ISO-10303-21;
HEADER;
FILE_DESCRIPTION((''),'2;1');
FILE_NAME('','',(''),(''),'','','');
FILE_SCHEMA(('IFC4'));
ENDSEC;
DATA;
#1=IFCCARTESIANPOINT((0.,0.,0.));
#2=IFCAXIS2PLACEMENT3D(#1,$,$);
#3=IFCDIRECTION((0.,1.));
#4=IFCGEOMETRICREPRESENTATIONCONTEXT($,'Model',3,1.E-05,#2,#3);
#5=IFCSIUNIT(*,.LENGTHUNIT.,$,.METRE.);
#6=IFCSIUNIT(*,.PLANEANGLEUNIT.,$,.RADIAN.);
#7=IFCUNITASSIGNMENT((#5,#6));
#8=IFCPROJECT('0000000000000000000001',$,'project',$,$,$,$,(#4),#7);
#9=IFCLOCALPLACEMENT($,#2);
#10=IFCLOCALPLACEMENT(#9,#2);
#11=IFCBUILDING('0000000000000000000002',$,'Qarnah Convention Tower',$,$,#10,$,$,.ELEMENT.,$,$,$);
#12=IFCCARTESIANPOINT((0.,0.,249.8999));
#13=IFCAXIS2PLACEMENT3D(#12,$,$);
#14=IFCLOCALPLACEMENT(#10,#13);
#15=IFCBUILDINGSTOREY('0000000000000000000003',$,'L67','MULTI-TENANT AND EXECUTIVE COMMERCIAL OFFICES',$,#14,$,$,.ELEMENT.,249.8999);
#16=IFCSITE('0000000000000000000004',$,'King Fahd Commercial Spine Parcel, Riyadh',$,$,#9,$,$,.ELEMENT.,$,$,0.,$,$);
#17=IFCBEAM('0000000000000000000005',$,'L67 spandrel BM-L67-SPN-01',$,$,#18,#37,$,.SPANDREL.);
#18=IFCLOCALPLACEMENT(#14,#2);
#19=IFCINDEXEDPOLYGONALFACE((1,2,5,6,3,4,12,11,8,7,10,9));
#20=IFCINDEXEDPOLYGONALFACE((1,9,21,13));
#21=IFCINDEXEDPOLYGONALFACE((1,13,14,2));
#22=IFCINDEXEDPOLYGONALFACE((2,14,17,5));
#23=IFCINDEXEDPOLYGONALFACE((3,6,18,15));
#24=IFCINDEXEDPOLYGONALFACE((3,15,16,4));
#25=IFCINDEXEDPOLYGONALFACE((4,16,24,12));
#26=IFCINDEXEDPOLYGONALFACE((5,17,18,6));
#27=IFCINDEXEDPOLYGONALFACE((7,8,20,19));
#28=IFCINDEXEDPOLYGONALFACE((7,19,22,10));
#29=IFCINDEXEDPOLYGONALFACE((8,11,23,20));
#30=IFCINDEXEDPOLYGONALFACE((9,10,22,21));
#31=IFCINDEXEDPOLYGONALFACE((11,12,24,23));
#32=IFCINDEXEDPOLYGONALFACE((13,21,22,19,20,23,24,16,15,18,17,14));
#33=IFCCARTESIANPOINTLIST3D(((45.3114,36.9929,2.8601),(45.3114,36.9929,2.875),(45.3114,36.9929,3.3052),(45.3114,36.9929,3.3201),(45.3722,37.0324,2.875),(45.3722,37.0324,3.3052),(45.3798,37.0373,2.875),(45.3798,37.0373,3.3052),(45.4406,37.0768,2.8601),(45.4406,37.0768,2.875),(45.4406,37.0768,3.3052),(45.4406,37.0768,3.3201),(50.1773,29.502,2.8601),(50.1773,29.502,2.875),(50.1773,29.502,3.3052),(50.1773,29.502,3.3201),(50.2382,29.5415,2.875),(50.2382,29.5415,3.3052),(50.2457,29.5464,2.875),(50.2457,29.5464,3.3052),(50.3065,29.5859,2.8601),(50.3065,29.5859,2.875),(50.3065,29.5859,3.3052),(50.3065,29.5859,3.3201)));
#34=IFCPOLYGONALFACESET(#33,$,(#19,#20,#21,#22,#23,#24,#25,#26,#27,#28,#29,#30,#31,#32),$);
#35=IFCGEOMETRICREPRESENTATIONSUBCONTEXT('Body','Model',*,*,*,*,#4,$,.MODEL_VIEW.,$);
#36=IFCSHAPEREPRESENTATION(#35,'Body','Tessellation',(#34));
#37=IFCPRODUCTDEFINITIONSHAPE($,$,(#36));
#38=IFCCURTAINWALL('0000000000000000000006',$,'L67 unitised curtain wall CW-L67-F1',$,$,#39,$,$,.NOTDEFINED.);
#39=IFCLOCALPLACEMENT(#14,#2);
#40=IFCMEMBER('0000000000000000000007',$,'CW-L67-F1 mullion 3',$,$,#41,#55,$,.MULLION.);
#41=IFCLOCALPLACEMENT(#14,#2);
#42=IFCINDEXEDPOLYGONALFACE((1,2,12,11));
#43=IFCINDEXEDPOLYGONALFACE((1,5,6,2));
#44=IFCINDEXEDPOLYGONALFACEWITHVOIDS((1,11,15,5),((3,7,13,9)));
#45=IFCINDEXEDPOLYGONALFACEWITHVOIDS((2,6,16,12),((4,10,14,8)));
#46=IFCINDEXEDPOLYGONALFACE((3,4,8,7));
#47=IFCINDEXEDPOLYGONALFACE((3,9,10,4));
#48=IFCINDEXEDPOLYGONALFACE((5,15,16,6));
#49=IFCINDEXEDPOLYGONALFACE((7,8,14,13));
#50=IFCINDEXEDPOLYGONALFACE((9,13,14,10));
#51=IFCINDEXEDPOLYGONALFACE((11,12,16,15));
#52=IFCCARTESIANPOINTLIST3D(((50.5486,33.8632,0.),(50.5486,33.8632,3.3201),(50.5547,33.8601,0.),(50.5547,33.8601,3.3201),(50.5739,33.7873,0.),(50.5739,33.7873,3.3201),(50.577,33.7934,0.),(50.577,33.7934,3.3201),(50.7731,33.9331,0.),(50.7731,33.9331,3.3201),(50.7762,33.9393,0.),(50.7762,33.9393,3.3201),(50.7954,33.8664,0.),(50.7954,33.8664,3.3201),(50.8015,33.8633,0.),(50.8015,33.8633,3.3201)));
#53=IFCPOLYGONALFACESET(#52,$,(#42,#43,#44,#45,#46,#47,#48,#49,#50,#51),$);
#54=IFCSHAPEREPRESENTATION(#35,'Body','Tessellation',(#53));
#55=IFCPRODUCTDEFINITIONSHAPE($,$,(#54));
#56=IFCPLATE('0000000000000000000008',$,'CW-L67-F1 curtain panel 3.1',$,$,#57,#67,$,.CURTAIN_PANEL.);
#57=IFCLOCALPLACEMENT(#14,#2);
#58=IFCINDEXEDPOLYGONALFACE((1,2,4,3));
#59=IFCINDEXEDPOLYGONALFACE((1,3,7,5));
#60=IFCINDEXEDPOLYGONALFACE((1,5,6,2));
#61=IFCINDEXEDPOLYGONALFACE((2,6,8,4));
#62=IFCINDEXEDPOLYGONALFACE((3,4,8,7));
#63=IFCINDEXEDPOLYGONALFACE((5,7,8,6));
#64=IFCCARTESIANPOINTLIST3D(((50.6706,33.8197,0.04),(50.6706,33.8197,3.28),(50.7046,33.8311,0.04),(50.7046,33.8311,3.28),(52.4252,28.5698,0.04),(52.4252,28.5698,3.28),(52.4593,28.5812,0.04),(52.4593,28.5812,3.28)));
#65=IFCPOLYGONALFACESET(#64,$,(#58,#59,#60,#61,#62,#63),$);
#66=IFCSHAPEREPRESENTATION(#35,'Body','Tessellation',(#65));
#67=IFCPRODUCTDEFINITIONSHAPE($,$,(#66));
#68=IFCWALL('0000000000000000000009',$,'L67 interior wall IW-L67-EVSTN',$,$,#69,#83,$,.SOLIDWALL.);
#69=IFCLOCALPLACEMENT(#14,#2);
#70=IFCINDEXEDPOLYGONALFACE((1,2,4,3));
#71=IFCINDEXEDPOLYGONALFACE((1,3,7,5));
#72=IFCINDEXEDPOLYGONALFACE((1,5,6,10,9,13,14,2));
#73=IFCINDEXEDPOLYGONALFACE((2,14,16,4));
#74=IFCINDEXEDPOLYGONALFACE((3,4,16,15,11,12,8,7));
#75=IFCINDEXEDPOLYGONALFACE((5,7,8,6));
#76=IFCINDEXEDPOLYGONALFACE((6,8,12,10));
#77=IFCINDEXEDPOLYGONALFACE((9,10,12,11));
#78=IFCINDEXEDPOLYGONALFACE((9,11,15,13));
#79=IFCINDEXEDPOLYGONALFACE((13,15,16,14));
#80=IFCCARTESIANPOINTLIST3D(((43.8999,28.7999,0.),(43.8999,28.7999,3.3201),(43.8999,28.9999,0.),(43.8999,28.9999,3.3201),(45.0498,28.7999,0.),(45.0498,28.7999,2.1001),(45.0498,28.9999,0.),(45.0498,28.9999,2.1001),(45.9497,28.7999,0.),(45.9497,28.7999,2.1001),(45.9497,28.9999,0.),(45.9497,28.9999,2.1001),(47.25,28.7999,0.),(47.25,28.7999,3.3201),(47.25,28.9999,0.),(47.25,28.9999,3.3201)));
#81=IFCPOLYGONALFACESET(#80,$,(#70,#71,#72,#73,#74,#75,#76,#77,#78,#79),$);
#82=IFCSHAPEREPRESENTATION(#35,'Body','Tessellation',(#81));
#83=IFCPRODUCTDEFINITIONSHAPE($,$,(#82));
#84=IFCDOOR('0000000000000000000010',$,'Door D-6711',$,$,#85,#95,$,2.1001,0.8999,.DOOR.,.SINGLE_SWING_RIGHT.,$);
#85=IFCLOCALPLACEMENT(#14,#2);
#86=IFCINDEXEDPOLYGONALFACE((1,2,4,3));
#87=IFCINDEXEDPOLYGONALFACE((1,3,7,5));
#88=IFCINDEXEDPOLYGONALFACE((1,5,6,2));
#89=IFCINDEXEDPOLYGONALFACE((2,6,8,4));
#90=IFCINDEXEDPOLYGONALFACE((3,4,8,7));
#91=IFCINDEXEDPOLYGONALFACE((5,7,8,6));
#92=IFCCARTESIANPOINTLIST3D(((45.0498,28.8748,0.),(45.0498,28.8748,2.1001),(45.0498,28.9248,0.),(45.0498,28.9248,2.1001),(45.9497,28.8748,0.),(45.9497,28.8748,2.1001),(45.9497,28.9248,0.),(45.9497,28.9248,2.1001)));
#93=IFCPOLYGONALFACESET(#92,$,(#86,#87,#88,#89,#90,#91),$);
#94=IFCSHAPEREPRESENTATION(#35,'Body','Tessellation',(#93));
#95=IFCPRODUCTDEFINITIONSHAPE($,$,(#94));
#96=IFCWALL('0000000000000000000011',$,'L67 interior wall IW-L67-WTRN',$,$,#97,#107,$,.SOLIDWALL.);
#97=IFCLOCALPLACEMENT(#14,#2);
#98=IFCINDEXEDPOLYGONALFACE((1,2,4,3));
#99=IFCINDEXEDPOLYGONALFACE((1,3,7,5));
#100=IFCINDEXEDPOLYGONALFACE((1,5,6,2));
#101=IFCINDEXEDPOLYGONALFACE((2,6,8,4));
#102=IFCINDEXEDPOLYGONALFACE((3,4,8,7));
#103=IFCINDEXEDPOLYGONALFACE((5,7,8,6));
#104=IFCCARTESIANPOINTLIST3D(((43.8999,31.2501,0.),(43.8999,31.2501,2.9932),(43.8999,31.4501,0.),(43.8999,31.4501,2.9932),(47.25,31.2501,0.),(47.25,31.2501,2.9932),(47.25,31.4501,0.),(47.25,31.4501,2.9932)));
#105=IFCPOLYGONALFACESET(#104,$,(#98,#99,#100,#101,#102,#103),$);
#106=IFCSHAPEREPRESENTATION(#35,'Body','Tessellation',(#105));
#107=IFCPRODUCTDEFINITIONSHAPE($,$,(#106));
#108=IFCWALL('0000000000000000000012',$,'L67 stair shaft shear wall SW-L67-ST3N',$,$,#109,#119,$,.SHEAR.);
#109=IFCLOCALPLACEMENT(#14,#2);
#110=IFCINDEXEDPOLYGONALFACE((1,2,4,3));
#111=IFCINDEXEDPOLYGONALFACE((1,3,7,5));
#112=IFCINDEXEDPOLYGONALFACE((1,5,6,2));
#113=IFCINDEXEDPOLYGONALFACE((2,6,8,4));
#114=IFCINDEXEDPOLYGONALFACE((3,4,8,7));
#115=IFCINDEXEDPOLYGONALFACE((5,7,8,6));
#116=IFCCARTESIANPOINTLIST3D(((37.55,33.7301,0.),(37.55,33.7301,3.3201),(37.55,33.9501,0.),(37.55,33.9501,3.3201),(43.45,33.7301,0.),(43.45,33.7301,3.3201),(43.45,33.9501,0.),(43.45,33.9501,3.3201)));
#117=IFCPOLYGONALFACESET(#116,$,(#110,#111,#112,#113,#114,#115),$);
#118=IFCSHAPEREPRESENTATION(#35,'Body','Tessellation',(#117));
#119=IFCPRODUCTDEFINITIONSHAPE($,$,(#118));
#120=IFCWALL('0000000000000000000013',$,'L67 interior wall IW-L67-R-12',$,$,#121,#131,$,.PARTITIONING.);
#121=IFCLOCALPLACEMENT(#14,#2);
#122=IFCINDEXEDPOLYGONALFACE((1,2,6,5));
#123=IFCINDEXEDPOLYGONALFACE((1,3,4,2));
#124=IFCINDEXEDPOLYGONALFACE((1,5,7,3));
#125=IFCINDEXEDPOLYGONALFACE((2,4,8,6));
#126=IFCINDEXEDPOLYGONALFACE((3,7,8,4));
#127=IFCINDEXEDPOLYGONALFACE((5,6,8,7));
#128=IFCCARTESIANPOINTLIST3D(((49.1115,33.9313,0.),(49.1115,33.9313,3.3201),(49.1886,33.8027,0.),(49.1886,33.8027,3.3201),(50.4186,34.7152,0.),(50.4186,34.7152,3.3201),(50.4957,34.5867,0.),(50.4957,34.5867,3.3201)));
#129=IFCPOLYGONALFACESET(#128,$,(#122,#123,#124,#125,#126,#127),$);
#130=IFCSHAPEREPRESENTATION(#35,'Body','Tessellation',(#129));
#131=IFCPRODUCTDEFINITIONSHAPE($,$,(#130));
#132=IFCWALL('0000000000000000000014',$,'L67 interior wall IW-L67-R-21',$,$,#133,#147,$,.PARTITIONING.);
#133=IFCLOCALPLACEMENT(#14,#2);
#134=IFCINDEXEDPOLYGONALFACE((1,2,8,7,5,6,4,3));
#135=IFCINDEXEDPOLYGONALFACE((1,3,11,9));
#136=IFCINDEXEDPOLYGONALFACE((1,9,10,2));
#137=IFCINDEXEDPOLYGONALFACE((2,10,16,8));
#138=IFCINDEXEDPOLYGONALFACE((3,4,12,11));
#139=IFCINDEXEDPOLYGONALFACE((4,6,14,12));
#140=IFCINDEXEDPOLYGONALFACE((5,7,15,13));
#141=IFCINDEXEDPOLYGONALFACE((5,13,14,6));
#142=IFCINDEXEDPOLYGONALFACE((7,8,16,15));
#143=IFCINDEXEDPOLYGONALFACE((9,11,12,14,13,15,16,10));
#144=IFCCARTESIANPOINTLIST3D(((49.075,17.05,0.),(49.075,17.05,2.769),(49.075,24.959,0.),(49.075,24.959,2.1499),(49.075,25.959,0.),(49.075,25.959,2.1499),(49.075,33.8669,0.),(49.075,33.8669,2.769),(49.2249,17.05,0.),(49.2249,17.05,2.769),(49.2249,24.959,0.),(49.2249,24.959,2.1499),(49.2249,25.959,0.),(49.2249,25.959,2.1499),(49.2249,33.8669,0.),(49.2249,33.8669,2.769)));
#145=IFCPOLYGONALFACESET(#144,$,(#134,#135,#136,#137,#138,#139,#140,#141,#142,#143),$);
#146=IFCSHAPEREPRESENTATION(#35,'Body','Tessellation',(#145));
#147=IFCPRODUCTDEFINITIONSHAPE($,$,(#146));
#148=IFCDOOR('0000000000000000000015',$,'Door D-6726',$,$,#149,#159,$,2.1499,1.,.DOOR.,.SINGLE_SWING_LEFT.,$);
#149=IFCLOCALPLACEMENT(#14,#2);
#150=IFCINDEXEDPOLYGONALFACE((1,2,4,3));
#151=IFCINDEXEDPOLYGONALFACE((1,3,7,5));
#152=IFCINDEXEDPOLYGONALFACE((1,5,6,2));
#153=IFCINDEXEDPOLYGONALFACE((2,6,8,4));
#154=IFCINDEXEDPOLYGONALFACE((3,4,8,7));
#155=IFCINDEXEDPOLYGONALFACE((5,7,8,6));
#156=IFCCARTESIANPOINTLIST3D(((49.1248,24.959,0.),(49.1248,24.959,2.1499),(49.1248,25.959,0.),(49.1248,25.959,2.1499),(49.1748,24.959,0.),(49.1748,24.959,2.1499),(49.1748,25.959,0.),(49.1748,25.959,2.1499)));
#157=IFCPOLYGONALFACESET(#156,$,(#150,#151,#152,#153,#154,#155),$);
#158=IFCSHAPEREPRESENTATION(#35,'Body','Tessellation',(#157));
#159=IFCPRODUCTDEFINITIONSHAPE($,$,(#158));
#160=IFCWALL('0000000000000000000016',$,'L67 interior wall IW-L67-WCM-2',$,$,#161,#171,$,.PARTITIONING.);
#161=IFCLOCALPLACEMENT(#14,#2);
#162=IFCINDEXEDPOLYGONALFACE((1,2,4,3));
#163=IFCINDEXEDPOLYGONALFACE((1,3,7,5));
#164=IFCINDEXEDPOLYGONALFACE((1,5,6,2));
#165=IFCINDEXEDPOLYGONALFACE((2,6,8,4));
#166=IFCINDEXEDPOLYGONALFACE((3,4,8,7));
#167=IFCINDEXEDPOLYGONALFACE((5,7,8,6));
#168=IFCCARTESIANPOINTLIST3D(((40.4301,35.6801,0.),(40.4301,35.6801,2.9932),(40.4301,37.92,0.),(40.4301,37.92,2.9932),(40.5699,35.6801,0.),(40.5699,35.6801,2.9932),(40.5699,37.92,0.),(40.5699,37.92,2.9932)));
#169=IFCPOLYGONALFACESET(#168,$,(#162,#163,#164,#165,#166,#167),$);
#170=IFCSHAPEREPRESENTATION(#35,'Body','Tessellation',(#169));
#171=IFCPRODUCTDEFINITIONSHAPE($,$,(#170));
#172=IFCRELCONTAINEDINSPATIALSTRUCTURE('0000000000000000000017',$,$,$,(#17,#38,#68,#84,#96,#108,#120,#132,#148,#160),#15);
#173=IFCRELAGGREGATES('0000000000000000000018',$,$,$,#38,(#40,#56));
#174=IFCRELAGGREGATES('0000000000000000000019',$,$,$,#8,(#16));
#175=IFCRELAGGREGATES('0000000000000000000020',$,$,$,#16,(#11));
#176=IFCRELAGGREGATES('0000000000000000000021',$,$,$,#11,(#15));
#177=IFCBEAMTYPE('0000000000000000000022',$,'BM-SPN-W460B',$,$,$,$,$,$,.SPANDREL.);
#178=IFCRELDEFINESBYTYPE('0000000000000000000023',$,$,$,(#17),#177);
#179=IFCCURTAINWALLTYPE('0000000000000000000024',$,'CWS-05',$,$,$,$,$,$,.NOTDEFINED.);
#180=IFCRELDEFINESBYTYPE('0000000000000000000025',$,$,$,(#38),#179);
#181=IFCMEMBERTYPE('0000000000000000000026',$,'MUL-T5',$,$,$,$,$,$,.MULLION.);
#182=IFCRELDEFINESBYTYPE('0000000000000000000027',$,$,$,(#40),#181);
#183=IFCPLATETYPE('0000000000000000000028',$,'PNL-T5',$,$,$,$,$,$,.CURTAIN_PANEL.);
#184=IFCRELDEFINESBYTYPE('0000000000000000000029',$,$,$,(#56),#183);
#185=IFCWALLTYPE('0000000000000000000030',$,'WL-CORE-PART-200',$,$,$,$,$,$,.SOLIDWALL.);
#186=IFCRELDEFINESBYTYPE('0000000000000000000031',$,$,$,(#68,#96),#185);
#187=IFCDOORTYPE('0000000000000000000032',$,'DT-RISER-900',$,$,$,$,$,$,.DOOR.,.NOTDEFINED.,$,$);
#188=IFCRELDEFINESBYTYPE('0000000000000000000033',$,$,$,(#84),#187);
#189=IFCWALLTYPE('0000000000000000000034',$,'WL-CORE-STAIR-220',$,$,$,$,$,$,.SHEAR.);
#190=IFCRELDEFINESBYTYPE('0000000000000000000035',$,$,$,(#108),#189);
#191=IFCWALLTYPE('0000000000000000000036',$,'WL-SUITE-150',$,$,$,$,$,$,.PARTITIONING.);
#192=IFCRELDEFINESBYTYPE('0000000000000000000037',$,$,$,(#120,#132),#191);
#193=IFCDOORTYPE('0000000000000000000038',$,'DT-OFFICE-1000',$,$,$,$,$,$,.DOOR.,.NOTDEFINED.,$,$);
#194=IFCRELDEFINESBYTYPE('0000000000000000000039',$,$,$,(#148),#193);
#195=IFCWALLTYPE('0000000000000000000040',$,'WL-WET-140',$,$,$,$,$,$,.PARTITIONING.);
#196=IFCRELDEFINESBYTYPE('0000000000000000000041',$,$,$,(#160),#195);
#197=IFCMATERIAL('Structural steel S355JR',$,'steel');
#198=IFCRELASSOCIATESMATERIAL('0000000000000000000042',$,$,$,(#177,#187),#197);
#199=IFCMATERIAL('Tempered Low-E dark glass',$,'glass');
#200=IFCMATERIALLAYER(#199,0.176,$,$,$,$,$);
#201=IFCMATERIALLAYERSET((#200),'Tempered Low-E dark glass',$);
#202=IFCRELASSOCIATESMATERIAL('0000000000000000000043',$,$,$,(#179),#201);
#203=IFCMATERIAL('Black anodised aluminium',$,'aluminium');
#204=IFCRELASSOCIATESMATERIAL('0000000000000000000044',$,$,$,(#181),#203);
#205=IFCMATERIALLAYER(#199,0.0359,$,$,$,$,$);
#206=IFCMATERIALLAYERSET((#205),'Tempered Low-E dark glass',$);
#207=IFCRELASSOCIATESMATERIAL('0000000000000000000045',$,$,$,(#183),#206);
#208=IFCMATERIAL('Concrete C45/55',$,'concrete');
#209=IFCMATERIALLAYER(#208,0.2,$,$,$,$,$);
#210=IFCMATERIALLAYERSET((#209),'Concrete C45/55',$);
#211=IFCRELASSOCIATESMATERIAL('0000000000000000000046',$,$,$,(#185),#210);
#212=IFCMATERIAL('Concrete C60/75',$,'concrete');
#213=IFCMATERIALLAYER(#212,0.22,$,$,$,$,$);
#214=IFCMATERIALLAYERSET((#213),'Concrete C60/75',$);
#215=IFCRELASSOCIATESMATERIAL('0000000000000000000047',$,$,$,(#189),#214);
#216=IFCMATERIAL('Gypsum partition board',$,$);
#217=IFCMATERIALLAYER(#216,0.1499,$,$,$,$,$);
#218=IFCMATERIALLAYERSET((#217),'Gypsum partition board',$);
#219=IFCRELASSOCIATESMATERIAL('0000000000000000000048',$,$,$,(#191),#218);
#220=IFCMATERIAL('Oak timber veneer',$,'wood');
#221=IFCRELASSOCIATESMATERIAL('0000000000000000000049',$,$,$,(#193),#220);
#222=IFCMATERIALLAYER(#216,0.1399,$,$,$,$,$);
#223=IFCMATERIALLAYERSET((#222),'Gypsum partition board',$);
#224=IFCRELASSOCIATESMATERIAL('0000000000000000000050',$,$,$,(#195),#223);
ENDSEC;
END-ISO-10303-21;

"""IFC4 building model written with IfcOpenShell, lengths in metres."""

from ifc_helpers import new_model, si_unit, direction, frame, frame_2d, origin, origin_2d, place, context, subcontext, project, spatial, rectangle, hollow_rectangle, i_section, extrude, material, layer, layer_set, material_profile, profile_set, type_object, element, fill, aggregate, save


model = new_model("IFC4")

# Units and contexts
model_context = context("Model", 3, precision=1e-05, world=origin(), true_north=direction((0.0, 1.0)))
body_context = subcontext(model_context, "Body", "Model", "MODEL_VIEW")
ifc_project = project(units=[si_unit("LENGTHUNIT", "METRE"), si_unit("PLANEANGLEUNIT", "RADIAN")], contexts=[model_context])

# Site, building, storey
site_placement = place(None, origin())
site = spatial("IfcSite", under=ifc_project, at=site_placement, Name="King Fahd Commercial Spine Parcel, Riyadh", CompositionType="ELEMENT", RefElevation=0.0)
building_placement = place(site_placement, origin())
building = spatial("IfcBuilding", under=site, at=building_placement, Name="Qarnah Convention Tower", CompositionType="ELEMENT")
storey_placement = place(building_placement, frame((0.0, 0.0, 249.8999)))
storey = spatial("IfcBuildingStorey", under=building, at=storey_placement, Name="L67", Description="MULTI-TENANT AND EXECUTIVE COMMERCIAL OFFICES", CompositionType="ELEMENT", Elevation=249.8999)

# Beam
ifc_material_1 = material(Name="Structural steel S355JR", Category="steel")
ifc_material_profile_1 = material_profile(ifc_material_1, i_section(OverallWidth=0.1541, OverallDepth=0.46, WebThickness=0.009, FlangeThickness=0.0149, at=origin_2d()), Name="W460X68")
ifc_profile_set_1 = profile_set([ifc_material_profile_1], Name="Structural steel S355JR")
beam_type_1 = type_object("IfcBeamType", Name="BM-SPN-W460B", PredefinedType="SPANDREL", material=ifc_profile_set_1)
beam_1_placement = place(storey_placement, frame((50.2419, 29.5439, 3.0901), z_axis=(-0.54474, 0.838605, 0.0), x_axis=(-0.838605, -0.54474, 0.0)))
element("IfcBeam", 1, at=beam_1_placement, inside=storey, type_object=beam_type_1, Name="L67 spandrel BM-L67-SPN-01", PredefinedType="SPANDREL", context=body_context, shape_type="SweptSolid", body=[
    extrude(i_section(OverallWidth=0.1541, OverallDepth=0.46, WebThickness=0.009, FlangeThickness=0.0149, at=origin_2d()), origin(), (0.0, 0.0, 1.0), 8.9326),
])

# Curtain wall, member, plate
ifc_material_2 = material(Name="Tempered Low-E dark glass", Category="glass")
ifc_layer_1 = layer(ifc_material_2, 0.176)
ifc_layer_set_1 = layer_set([ifc_layer_1], Name="Tempered Low-E dark glass")
curtain_wall_type = type_object("IfcCurtainWallType", Name="CWS-05", PredefinedType="NOTDEFINED", material=ifc_layer_set_1)
curtain_wall_placement = place(storey_placement, origin())
curtain_wall = element("IfcCurtainWall", 2, at=curtain_wall_placement, inside=storey, type_object=curtain_wall_type, Name="L67 unitised curtain wall CW-L67-F1", PredefinedType="NOTDEFINED")
ifc_material_3 = material(Name="Black anodised aluminium", Category="aluminium")
ifc_material_profile_2 = material_profile(ifc_material_3, hollow_rectangle(XDim=0.0801, YDim=0.24, WallThickness=0.0049, at=origin_2d()), Name="MUL-80X240")
ifc_profile_set_2 = profile_set([ifc_material_profile_2], Name="Black anodised aluminium")
member_type = type_object("IfcMemberType", Name="MUL-T5", PredefinedType="MULLION", material=ifc_profile_set_2)
member_placement = place(storey_placement, frame((50.675, 33.8633, 0.0), z_axis=(0.0, 0.0, 1.0), x_axis=(0.316986, -0.94843, 0.0)))
member = element("IfcMember", 3, at=member_placement, type_object=member_type, Name="CW-L67-F1 mullion 3", PredefinedType="MULLION", context=body_context, shape_type="SweptSolid", body=[
    extrude(hollow_rectangle(XDim=0.0801, YDim=0.24, WallThickness=0.0049, at=origin_2d()), origin(), (0.0, 0.0, 1.0), 3.3201),
])
ifc_layer_2 = layer(ifc_material_2, 0.0359)
ifc_layer_set_2 = layer_set([ifc_layer_2], Name="Tempered Low-E dark glass")
plate_type = type_object("IfcPlateType", Name="PNL-T5", PredefinedType="CURTAIN_PANEL", material=ifc_layer_set_2)
plate_placement = place(storey_placement, frame((51.5649, 31.2004, 0.04), z_axis=(0.0, 0.0, 1.0), x_axis=(0.316986, -0.94843, 0.0)))
plate = element("IfcPlate", 4, at=plate_placement, type_object=plate_type, Name="CW-L67-F1 curtain panel 3.1", PredefinedType="CURTAIN_PANEL", context=body_context, shape_type="SweptSolid", body=[
    extrude(rectangle(XDim=5.5354, YDim=0.0359, at=origin_2d()), origin(), (0.0, 0.0, 1.0), 3.24),
])
aggregate(curtain_wall, [member, plate])

# Wall, opening, door
ifc_material_4 = material(Name="Concrete C45/55", Category="concrete")
ifc_layer_3 = layer(ifc_material_4, 0.2)
ifc_layer_set_3 = layer_set([ifc_layer_3], Name="Concrete C45/55")
wall_type_1 = type_object("IfcWallType", Name="WL-CORE-PART-200", PredefinedType="SOLIDWALL", material=ifc_layer_set_3)
wall_1_placement = place(storey_placement, frame((43.8999, 28.8999, 0.0), z_axis=(0.0, 0.0, 1.0), x_axis=(1.0, 0.0, 0.0)))
wall_1 = element("IfcWall", 5, at=wall_1_placement, inside=storey, type_object=wall_type_1, Name="L67 interior wall IW-L67-EVSTN", PredefinedType="SOLIDWALL", context=body_context, shape_type="SweptSolid", body=[
    extrude(rectangle(XDim=3.3501, YDim=0.2, at=frame_2d((1.675, 0.0))), origin(), (0.0, 0.0, 1.0), 3.3201),
])
opening_1_placement = place(wall_1_placement, frame((1.1499, 0.0, 0.0)))
opening_1 = element("IfcOpeningElement", 6, at=opening_1_placement, cuts=wall_1, PredefinedType="OPENING", context=body_context, shape_type="SweptSolid", body=[
    extrude(rectangle(XDim=0.8999, YDim=2.1001, at=frame_2d((0.45, 1.05))), frame((0.0, 0.1099, 0.0), z_axis=(0.0, -1.0, 0.0), x_axis=(1.0, 0.0, 0.0)), (0.0, 0.0, 1.0), 0.22),
])
door_type_1 = type_object("IfcDoorType", Name="DT-RISER-900", OperationType="NOTDEFINED", PredefinedType="DOOR", material=ifc_material_1)
door_1_placement = place(opening_1_placement, origin())
door_1 = element("IfcDoor", 7, at=door_1_placement, inside=storey, type_object=door_type_1, Name="Door D-6711", OperationType="SINGLE_SWING_RIGHT", OverallHeight=2.1001, OverallWidth=0.8999, PredefinedType="DOOR", context=body_context, shape_type="SweptSolid", body=[
    extrude(rectangle(XDim=0.8999, YDim=2.1001, at=frame_2d((0.45, 1.05))), frame((0.0, 0.0249, 0.0), z_axis=(0.0, -1.0, 0.0), x_axis=(1.0, 0.0, 0.0)), (0.0, 0.0, 1.0), 0.05),
])
fill(opening_1, door_1)

# Walls
wall_2_placement = place(storey_placement, frame((43.8999, 31.3501, 0.0), z_axis=(0.0, 0.0, 1.0), x_axis=(1.0, 0.0, 0.0)))
element("IfcWall", 8, at=wall_2_placement, inside=storey, type_object=wall_type_1, Name="L67 interior wall IW-L67-WTRN", PredefinedType="SOLIDWALL", context=body_context, shape_type="SweptSolid", body=[
    extrude(rectangle(XDim=3.3501, YDim=0.2, at=frame_2d((1.675, 0.0))), origin(), (0.0, 0.0, 1.0), 2.9932),
])
ifc_material_5 = material(Name="Concrete C60/75", Category="concrete")
ifc_layer_4 = layer(ifc_material_5, 0.22)
ifc_layer_set_4 = layer_set([ifc_layer_4], Name="Concrete C60/75")
wall_type_2 = type_object("IfcWallType", Name="WL-CORE-STAIR-220", PredefinedType="SHEAR", material=ifc_layer_set_4)
wall_3_placement = place(storey_placement, frame((37.55, 33.8401, 0.0), z_axis=(0.0, 0.0, 1.0), x_axis=(1.0, 0.0, 0.0)))
element("IfcWall", 9, at=wall_3_placement, inside=storey, type_object=wall_type_2, Name="L67 stair shaft shear wall SW-L67-ST3N", PredefinedType="SHEAR", context=body_context, shape_type="SweptSolid", body=[
    extrude(rectangle(XDim=5.8999, YDim=0.22, at=frame_2d((2.95, 0.0))), origin(), (0.0, 0.0, 1.0), 3.3201),
])
ifc_material_6 = material(Name="Gypsum partition board")
ifc_layer_5 = layer(ifc_material_6, 0.1499)
ifc_layer_set_5 = layer_set([ifc_layer_5], Name="Gypsum partition board")
wall_type_3 = type_object("IfcWallType", Name="WL-SUITE-150", PredefinedType="PARTITIONING", material=ifc_layer_set_5)
wall_4_placement = place(storey_placement, frame((49.1499, 33.8669, 0.0), z_axis=(0.0, 0.0, 1.0), x_axis=(0.857592, 0.514331, 0.0)))
element("IfcWall", 10, at=wall_4_placement, inside=storey, type_object=wall_type_3, Name="L67 interior wall IW-L67-R-12", PredefinedType="PARTITIONING", context=body_context, shape_type="SweptSolid", body=[
    extrude(rectangle(XDim=1.5242, YDim=0.1499, at=frame_2d((0.7622, 0.0))), origin(), (0.0, 0.0, 1.0), 3.3201),
])

# Wall, opening, door
wall_5_placement = place(storey_placement, frame((49.1499, 33.8669, 0.0), z_axis=(0.0, 0.0, 1.0), x_axis=(0.0, -1.0, 0.0)))
wall_5 = element("IfcWall", 11, at=wall_5_placement, inside=storey, type_object=wall_type_3, Name="L67 interior wall IW-L67-R-21", PredefinedType="PARTITIONING", context=body_context, shape_type="SweptSolid", body=[
    extrude(rectangle(XDim=16.8169, YDim=0.1499, at=frame_2d((8.4084, 0.0))), origin(), (0.0, 0.0, 1.0), 2.769),
])
opening_2_placement = place(wall_5_placement, frame((7.908, 0.0, 0.0)))
opening_2 = element("IfcOpeningElement", 12, at=opening_2_placement, cuts=wall_5, PredefinedType="OPENING", context=body_context, shape_type="SweptSolid", body=[
    extrude(rectangle(XDim=1.0, YDim=2.1499, at=frame_2d((0.5, 1.075))), frame((0.0, 0.085, 0.0), z_axis=(0.0, -1.0, 0.0), x_axis=(1.0, 0.0, 0.0)), (0.0, 0.0, 1.0), 0.1699),
])
ifc_material_7 = material(Name="Oak timber veneer", Category="wood")
door_type_2 = type_object("IfcDoorType", Name="DT-OFFICE-1000", OperationType="NOTDEFINED", PredefinedType="DOOR", material=ifc_material_7)
door_2_placement = place(opening_2_placement, origin())
door_2 = element("IfcDoor", 13, at=door_2_placement, inside=storey, type_object=door_type_2, Name="Door D-6726", OperationType="SINGLE_SWING_LEFT", OverallHeight=2.1499, OverallWidth=1.0, PredefinedType="DOOR", context=body_context, shape_type="SweptSolid", body=[
    extrude(rectangle(XDim=1.0, YDim=2.1499, at=frame_2d((0.5, 1.075))), frame((0.0, 0.0249, 0.0), z_axis=(0.0, -1.0, 0.0), x_axis=(1.0, 0.0, 0.0)), (0.0, 0.0, 1.0), 0.05),
])
fill(opening_2, door_2)

# Wall
ifc_layer_6 = layer(ifc_material_6, 0.1399)
ifc_layer_set_6 = layer_set([ifc_layer_6], Name="Gypsum partition board")
wall_type_4 = type_object("IfcWallType", Name="WL-WET-140", PredefinedType="PARTITIONING", material=ifc_layer_set_6)
wall_6_placement = place(storey_placement, frame((40.5, 35.6799, 0.0), z_axis=(0.0, 0.0, 1.0), x_axis=(0.0, 1.0, 0.0)))
element("IfcWall", 14, at=wall_6_placement, inside=storey, type_object=wall_type_4, Name="L67 interior wall IW-L67-WCM-2", PredefinedType="PARTITIONING", context=body_context, shape_type="SweptSolid", body=[
    extrude(rectangle(XDim=2.24, YDim=0.1399, at=frame_2d((1.1201, 0.0))), origin(), (0.0, 0.0, 1.0), 2.9932),
])

save(model, "model.ifc")
